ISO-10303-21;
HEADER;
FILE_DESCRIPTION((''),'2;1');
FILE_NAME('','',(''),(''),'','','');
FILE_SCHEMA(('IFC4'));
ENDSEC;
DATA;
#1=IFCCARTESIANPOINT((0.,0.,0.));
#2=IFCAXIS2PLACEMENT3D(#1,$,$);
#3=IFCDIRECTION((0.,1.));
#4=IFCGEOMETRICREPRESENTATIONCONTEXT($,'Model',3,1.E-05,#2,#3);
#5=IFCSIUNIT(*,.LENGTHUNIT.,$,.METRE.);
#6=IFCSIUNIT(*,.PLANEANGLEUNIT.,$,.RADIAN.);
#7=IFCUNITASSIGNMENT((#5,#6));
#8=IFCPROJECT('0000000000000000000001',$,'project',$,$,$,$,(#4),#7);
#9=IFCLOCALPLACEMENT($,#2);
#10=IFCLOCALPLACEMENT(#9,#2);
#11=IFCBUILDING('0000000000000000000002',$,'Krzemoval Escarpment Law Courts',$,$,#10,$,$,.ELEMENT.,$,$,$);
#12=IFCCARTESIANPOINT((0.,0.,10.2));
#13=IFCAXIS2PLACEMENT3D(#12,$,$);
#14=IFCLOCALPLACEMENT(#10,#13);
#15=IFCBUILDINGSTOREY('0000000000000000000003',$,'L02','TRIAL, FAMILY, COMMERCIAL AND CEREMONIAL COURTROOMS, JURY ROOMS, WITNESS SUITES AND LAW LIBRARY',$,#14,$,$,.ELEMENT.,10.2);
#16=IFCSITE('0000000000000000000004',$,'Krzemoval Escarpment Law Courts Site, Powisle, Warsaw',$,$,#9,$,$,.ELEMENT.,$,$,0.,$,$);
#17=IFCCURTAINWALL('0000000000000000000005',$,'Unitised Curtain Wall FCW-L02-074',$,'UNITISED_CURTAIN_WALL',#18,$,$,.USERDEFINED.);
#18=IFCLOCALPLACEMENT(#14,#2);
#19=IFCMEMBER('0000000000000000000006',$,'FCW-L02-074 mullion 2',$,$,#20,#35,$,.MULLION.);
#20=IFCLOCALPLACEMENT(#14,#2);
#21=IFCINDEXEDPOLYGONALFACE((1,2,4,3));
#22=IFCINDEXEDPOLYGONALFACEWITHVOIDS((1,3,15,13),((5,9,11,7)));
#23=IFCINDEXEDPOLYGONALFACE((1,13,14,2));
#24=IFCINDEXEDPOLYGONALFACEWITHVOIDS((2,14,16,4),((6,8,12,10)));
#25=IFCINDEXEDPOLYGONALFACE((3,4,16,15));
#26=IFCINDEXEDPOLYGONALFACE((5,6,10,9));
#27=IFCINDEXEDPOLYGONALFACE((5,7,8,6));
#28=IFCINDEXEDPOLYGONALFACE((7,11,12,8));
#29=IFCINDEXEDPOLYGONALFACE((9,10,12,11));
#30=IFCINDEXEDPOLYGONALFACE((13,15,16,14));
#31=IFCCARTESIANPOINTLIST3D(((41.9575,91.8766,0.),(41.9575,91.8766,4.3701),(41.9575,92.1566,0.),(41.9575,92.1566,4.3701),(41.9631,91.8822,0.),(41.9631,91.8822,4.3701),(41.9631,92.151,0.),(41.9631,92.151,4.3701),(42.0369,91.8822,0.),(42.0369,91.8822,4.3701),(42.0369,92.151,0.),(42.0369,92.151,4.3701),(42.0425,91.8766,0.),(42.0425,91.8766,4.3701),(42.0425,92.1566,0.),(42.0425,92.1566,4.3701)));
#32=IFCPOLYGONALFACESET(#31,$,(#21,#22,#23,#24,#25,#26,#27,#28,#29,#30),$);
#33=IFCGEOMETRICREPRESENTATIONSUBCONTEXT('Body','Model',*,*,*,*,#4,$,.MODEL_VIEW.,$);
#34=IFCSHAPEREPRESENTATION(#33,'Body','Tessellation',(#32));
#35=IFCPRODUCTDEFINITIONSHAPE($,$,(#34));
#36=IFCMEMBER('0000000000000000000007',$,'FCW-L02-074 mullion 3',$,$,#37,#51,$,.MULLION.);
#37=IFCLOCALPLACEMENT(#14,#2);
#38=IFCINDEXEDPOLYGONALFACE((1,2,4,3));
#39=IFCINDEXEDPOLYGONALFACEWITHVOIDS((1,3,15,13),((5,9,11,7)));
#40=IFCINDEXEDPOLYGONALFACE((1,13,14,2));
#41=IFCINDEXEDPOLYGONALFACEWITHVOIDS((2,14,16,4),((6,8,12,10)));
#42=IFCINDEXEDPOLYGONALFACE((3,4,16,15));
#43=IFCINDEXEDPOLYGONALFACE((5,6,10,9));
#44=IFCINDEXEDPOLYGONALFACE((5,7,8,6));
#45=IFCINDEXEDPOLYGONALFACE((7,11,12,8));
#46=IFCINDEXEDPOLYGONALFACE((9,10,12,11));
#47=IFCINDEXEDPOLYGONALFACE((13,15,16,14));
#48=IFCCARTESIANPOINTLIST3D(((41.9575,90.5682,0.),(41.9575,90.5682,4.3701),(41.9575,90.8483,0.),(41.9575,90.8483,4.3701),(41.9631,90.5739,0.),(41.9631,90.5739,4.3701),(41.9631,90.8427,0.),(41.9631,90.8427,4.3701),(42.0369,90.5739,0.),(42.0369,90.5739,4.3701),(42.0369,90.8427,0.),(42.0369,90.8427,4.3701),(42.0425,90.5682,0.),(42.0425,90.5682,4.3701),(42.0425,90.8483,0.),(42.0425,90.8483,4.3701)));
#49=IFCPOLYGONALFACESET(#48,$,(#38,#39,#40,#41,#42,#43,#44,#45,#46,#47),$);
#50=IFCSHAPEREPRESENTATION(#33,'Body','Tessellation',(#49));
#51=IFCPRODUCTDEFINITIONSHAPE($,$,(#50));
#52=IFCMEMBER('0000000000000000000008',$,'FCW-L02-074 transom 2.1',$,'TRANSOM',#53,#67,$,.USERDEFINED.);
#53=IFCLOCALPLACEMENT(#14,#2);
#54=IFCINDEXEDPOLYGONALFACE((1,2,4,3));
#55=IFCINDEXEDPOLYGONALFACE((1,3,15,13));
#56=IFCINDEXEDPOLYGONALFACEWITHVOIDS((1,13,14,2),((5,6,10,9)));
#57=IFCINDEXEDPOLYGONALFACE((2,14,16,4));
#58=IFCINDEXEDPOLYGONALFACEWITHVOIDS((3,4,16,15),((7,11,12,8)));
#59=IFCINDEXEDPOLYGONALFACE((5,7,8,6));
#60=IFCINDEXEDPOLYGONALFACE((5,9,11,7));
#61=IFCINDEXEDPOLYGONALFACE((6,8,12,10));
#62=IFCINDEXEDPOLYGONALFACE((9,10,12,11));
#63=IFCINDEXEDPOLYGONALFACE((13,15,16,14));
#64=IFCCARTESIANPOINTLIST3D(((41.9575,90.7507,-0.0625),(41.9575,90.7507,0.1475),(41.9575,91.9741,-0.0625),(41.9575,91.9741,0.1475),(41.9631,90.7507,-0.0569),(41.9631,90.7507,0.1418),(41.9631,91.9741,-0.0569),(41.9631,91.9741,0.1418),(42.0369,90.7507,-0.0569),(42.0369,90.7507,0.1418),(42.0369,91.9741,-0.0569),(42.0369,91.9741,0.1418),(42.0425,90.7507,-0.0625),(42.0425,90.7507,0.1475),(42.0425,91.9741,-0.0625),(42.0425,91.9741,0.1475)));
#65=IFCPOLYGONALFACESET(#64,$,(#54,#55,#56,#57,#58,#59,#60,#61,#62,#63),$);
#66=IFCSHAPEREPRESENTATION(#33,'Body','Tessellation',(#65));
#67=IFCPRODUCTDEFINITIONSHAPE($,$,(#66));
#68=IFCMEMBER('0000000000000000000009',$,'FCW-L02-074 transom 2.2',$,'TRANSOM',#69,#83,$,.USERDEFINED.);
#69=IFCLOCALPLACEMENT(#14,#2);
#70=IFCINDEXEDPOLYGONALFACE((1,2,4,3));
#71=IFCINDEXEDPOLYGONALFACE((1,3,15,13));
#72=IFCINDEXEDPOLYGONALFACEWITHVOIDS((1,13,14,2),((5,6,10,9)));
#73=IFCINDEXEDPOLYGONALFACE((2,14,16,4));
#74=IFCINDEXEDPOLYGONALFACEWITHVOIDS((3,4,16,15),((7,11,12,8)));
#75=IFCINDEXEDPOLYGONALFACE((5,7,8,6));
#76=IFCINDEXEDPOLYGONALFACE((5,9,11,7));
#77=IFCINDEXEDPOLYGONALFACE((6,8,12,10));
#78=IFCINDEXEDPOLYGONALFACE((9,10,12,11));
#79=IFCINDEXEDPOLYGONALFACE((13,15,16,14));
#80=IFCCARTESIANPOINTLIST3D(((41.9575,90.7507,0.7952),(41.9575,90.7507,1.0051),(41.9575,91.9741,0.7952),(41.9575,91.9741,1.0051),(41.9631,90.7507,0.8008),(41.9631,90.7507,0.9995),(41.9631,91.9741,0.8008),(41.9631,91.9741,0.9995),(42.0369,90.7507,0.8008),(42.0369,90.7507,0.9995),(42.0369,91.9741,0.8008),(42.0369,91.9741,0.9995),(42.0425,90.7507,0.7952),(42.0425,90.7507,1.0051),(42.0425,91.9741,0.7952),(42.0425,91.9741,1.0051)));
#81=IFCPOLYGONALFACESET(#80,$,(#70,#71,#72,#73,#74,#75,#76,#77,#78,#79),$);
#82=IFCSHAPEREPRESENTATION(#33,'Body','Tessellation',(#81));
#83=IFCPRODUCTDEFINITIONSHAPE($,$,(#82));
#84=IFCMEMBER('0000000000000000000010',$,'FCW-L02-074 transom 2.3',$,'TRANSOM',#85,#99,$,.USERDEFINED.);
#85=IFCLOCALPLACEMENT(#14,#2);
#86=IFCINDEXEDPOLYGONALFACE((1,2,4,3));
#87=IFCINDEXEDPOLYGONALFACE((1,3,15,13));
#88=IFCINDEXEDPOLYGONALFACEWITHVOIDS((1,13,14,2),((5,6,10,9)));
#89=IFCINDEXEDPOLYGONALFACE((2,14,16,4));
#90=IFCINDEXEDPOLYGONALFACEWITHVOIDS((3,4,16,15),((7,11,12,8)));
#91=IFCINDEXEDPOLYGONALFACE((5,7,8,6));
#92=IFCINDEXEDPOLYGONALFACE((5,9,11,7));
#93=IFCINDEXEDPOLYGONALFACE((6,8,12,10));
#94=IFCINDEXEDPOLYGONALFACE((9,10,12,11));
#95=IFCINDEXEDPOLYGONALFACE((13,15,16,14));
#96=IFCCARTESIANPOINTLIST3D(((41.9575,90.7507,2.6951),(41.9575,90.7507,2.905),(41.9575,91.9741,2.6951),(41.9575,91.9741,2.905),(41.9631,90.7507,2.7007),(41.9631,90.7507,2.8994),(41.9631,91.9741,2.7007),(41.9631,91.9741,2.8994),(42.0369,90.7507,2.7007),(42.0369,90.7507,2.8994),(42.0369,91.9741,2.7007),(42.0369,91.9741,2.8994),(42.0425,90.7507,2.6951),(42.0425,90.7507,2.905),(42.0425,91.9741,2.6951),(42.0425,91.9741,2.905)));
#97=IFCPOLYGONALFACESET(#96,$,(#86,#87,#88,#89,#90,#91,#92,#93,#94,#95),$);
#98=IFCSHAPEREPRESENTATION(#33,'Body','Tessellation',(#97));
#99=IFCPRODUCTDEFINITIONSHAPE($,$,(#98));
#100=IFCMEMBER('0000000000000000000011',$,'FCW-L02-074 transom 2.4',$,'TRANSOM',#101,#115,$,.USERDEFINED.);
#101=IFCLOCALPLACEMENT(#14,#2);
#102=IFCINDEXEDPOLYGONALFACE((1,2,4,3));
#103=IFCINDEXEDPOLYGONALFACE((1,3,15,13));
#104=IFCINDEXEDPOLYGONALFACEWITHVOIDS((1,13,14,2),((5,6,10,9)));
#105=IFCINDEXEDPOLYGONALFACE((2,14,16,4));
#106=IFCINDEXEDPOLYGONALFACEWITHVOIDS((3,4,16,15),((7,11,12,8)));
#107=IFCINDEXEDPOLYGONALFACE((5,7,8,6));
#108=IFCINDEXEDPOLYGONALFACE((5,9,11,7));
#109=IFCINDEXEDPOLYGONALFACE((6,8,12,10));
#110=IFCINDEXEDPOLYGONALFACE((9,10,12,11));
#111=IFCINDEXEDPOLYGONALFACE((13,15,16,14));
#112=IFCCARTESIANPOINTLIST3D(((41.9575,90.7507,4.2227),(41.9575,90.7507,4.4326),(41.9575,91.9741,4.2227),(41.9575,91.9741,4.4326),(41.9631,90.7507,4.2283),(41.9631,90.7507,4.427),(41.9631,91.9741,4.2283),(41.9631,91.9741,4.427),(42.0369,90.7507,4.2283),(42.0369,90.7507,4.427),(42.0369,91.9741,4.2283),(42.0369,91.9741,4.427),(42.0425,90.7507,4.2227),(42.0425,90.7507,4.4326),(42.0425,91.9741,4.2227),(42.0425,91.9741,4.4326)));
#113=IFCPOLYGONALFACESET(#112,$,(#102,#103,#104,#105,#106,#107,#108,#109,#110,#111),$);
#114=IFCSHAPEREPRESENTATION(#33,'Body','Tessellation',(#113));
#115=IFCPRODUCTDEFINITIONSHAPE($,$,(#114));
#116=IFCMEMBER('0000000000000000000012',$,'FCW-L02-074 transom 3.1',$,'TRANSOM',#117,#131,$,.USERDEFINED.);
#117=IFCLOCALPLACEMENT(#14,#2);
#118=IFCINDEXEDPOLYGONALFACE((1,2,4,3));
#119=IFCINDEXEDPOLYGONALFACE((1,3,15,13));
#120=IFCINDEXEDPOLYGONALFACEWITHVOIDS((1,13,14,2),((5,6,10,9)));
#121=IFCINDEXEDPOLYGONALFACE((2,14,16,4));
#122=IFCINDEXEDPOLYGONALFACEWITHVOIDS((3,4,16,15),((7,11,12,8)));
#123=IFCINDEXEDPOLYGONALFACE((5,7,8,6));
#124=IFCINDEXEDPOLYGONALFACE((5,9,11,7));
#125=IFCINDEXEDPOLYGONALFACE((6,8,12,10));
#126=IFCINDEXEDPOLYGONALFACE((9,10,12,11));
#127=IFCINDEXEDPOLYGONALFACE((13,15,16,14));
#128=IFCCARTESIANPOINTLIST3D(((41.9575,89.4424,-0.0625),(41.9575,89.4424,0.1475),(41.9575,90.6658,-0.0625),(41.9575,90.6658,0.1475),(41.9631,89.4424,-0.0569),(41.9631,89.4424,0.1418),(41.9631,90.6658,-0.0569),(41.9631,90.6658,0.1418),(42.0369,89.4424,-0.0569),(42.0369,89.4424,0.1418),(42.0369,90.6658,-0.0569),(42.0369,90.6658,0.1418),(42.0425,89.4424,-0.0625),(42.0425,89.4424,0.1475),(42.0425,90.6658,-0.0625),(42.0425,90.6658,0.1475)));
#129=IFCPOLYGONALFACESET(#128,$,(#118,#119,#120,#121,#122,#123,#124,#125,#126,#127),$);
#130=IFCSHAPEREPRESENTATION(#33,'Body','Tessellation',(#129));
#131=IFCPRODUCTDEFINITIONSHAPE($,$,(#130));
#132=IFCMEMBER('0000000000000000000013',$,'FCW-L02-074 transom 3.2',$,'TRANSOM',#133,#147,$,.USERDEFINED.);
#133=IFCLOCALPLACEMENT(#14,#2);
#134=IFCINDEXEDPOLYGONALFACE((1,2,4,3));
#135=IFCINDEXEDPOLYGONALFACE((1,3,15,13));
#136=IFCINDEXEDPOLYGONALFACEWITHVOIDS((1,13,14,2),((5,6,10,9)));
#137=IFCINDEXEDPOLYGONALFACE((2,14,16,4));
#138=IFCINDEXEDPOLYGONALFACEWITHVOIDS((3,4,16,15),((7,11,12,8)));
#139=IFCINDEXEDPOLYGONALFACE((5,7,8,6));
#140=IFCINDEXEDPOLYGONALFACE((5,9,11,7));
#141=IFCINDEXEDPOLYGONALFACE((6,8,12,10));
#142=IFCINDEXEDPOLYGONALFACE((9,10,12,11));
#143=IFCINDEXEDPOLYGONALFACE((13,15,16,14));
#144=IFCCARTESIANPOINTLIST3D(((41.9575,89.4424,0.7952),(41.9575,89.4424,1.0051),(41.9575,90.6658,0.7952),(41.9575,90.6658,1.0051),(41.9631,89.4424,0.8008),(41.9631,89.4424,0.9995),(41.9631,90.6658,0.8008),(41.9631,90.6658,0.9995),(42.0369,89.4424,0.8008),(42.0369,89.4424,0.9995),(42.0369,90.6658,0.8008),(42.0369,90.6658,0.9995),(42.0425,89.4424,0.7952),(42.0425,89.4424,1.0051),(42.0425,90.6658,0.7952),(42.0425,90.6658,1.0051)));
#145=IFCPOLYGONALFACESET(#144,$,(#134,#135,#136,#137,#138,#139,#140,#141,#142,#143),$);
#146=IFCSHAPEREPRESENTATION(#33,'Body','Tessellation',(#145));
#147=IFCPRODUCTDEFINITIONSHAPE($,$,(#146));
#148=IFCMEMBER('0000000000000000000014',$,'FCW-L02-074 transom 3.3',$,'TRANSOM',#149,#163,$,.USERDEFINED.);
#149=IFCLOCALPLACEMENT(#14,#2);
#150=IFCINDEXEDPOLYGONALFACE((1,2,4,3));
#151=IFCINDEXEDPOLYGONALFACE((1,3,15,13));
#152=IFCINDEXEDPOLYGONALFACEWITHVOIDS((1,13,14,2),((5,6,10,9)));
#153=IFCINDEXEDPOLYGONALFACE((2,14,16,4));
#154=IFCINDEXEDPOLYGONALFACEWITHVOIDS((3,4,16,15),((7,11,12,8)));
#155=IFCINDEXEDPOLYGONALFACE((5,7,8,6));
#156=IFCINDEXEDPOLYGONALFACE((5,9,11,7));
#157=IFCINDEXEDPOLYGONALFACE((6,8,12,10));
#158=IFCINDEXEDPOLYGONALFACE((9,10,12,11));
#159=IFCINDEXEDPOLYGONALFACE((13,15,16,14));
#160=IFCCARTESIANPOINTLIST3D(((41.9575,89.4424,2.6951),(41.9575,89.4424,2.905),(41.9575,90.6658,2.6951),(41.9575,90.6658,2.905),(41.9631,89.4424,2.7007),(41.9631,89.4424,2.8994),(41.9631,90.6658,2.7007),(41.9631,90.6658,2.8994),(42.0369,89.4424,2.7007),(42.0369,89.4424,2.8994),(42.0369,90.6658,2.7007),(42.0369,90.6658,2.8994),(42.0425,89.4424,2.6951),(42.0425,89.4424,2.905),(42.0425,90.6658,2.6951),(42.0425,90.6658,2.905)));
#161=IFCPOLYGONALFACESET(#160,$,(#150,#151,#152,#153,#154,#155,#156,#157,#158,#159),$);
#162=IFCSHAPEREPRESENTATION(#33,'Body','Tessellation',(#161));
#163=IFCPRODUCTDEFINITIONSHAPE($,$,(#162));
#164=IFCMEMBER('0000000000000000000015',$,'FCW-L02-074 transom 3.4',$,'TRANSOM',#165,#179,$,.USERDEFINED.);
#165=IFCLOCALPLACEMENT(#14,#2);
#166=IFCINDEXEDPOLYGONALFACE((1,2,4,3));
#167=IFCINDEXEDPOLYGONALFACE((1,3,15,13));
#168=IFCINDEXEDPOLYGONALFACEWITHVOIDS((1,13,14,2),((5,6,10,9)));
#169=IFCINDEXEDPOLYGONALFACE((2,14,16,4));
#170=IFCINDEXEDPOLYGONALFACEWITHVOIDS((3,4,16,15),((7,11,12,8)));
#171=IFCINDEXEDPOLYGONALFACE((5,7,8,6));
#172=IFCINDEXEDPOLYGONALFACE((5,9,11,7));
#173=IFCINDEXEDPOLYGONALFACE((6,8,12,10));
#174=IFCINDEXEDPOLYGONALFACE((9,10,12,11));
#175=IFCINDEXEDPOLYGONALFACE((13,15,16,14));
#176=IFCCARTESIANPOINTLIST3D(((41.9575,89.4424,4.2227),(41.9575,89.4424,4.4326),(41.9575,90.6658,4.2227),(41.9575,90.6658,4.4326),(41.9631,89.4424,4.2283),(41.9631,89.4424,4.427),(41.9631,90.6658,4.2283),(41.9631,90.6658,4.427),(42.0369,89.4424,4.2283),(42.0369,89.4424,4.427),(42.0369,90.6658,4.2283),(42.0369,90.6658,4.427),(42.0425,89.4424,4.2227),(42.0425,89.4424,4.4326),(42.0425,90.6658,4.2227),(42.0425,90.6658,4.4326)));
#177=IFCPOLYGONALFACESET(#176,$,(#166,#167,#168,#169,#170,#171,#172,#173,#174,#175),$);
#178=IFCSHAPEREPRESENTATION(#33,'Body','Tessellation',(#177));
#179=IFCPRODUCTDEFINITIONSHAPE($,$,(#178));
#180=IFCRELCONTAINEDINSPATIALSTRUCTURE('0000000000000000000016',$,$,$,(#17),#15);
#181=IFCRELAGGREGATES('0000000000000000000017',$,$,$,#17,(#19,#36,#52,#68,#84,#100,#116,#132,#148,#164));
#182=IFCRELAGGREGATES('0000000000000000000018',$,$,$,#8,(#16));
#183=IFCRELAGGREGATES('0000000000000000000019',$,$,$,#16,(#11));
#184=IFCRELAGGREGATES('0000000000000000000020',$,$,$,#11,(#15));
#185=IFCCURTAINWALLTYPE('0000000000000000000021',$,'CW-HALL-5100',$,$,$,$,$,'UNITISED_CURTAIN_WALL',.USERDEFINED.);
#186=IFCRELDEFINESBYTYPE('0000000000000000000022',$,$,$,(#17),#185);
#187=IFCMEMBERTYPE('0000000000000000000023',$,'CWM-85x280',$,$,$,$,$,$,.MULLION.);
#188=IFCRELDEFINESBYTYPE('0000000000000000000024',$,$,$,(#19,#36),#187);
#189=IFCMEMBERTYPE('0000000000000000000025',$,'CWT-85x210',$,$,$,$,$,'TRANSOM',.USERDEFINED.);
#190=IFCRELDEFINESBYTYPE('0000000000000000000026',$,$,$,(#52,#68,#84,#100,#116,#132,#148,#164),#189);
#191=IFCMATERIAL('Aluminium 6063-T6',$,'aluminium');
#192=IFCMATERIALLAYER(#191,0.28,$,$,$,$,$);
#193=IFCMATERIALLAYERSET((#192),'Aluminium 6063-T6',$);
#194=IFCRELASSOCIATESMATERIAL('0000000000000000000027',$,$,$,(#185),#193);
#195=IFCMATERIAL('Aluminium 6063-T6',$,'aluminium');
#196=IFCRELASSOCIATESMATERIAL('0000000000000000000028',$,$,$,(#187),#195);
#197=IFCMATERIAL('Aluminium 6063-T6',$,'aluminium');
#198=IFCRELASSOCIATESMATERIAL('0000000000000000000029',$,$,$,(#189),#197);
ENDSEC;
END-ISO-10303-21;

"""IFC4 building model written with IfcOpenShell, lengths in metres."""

from ifc_helpers import new_model, si_unit, direction, frame, origin, origin_2d, place, context, subcontext, project, spatial, hollow_rectangle, extrude, material, layer, layer_set, material_profile, profile_set, type_object, element, aggregate, save


model = new_model("IFC4")

# Units and contexts
model_context = context("Model", 3, precision=1e-05, world=origin(), true_north=direction((0.0, 1.0)))
body_context = subcontext(model_context, "Body", "Model", "MODEL_VIEW")
ifc_project = project(units=[si_unit("LENGTHUNIT", "METRE"), si_unit("PLANEANGLEUNIT", "RADIAN")], contexts=[model_context])

# Site, building, storey
site_placement = place(None, origin())
site = spatial("IfcSite", under=ifc_project, at=site_placement, Name="Krzemoval Escarpment Law Courts Site, Powisle, Warsaw", CompositionType="ELEMENT", RefElevation=0.0)
building_placement = place(site_placement, origin())
building = spatial("IfcBuilding", under=site, at=building_placement, Name="Krzemoval Escarpment Law Courts", CompositionType="ELEMENT")
storey_placement = place(building_placement, frame((0.0, 0.0, 10.2)))
storey = spatial("IfcBuildingStorey", under=building, at=storey_placement, Name="L02", Description="TRIAL, FAMILY, COMMERCIAL AND CEREMONIAL COURTROOMS, JURY ROOMS, WITNESS SUITES AND LAW LIBRARY", CompositionType="ELEMENT", Elevation=10.2)

# Curtain wall, members
ifc_material_1 = material(Name="Aluminium 6063-T6", Category="aluminium")
ifc_layer_1 = layer(ifc_material_1, 0.28)
ifc_layer_set_1 = layer_set([ifc_layer_1], Name="Aluminium 6063-T6")
curtain_wall_type = type_object("IfcCurtainWallType", Name="CW-HALL-5100", ElementType="UNITISED_CURTAIN_WALL", PredefinedType="USERDEFINED", material=ifc_layer_set_1)
curtain_wall_placement = place(storey_placement, origin())
curtain_wall = element("IfcCurtainWall", 1, at=curtain_wall_placement, inside=storey, type_object=curtain_wall_type, Name="Unitised Curtain Wall FCW-L02-074", ObjectType="UNITISED_CURTAIN_WALL", PredefinedType="USERDEFINED")
ifc_material_2 = material(Name="Aluminium 6063-T6", Category="aluminium")
ifc_material_profile_1 = material_profile(ifc_material_2, hollow_rectangle(XDim=0.085, YDim=0.28, WallThickness=0.0056, at=origin_2d()), Name="ALU M85x280")
ifc_profile_set_1 = profile_set([ifc_material_profile_1], Name="Aluminium 6063-T6")
member_type_1 = type_object("IfcMemberType", Name="CWM-85x280", PredefinedType="MULLION", material=ifc_profile_set_1)
member_1_placement = place(storey_placement, frame((42.0, 92.0166, 0.0), z_axis=(0.0, 0.0, 1.0), x_axis=(1.0, 0.0, 0.0)))
member_1 = element("IfcMember", 2, at=member_1_placement, type_object=member_type_1, Name="FCW-L02-074 mullion 2", PredefinedType="MULLION", context=body_context, shape_type="SweptSolid", body=[
    extrude(hollow_rectangle(XDim=0.085, YDim=0.28, WallThickness=0.0056, at=origin_2d()), origin(), (0.0, 0.0, 1.0), 4.3701),
])
member_2_placement = place(storey_placement, frame((42.0, 90.7083, 0.0), z_axis=(0.0, 0.0, 1.0), x_axis=(1.0, 0.0, 0.0)))
member_2 = element("IfcMember", 3, at=member_2_placement, type_object=member_type_1, Name="FCW-L02-074 mullion 3", PredefinedType="MULLION", context=body_context, shape_type="SweptSolid", body=[
    extrude(hollow_rectangle(XDim=0.085, YDim=0.28, WallThickness=0.0056, at=origin_2d()), origin(), (0.0, 0.0, 1.0), 4.3701),
])
ifc_material_3 = material(Name="Aluminium 6063-T6", Category="aluminium")
ifc_material_profile_2 = material_profile(ifc_material_3, hollow_rectangle(XDim=0.085, YDim=0.21, WallThickness=0.0056, at=origin_2d()), Name="ALU T85x210")
ifc_profile_set_2 = profile_set([ifc_material_profile_2], Name="Aluminium 6063-T6")
member_type_2 = type_object("IfcMemberType", Name="CWT-85x210", ElementType="TRANSOM", PredefinedType="USERDEFINED", material=ifc_profile_set_2)
member_3_placement = place(storey_placement, frame((42.0, 91.9741, 0.0425), z_axis=(0.0, -1.0, 0.0), x_axis=(1.0, 0.0, 0.0)))
member_3 = element("IfcMember", 4, at=member_3_placement, type_object=member_type_2, Name="FCW-L02-074 transom 2.1", ObjectType="TRANSOM", PredefinedType="USERDEFINED", context=body_context, shape_type="SweptSolid", body=[
    extrude(hollow_rectangle(XDim=0.085, YDim=0.21, WallThickness=0.0056, at=origin_2d()), origin(), (0.0, 0.0, 1.0), 1.2234),
])
member_4_placement = place(storey_placement, frame((42.0, 91.9741, 0.9001), z_axis=(0.0, -1.0, 0.0), x_axis=(1.0, 0.0, 0.0)))
member_4 = element("IfcMember", 5, at=member_4_placement, type_object=member_type_2, Name="FCW-L02-074 transom 2.2", ObjectType="TRANSOM", PredefinedType="USERDEFINED", context=body_context, shape_type="SweptSolid", body=[
    extrude(hollow_rectangle(XDim=0.085, YDim=0.21, WallThickness=0.0056, at=origin_2d()), origin(), (0.0, 0.0, 1.0), 1.2234),
])
member_5_placement = place(storey_placement, frame((42.0, 91.9741, 2.8), z_axis=(0.0, -1.0, 0.0), x_axis=(1.0, 0.0, 0.0)))
member_5 = element("IfcMember", 6, at=member_5_placement, type_object=member_type_2, Name="FCW-L02-074 transom 2.3", ObjectType="TRANSOM", PredefinedType="USERDEFINED", context=body_context, shape_type="SweptSolid", body=[
    extrude(hollow_rectangle(XDim=0.085, YDim=0.21, WallThickness=0.0056, at=origin_2d()), origin(), (0.0, 0.0, 1.0), 1.2234),
])
member_6_placement = place(storey_placement, frame((42.0, 91.9741, 4.3276), z_axis=(0.0, -1.0, 0.0), x_axis=(1.0, 0.0, 0.0)))
member_6 = element("IfcMember", 7, at=member_6_placement, type_object=member_type_2, Name="FCW-L02-074 transom 2.4", ObjectType="TRANSOM", PredefinedType="USERDEFINED", context=body_context, shape_type="SweptSolid", body=[
    extrude(hollow_rectangle(XDim=0.085, YDim=0.21, WallThickness=0.0056, at=origin_2d()), origin(), (0.0, 0.0, 1.0), 1.2234),
])
member_7_placement = place(storey_placement, frame((42.0, 90.6658, 0.0425), z_axis=(0.0, -1.0, 0.0), x_axis=(1.0, 0.0, 0.0)))
member_7 = element("IfcMember", 8, at=member_7_placement, type_object=member_type_2, Name="FCW-L02-074 transom 3.1", ObjectType="TRANSOM", PredefinedType="USERDEFINED", context=body_context, shape_type="SweptSolid", body=[
    extrude(hollow_rectangle(XDim=0.085, YDim=0.21, WallThickness=0.0056, at=origin_2d()), origin(), (0.0, 0.0, 1.0), 1.2234),
])
member_8_placement = place(storey_placement, frame((42.0, 90.6658, 0.9001), z_axis=(0.0, -1.0, 0.0), x_axis=(1.0, 0.0, 0.0)))
member_8 = element("IfcMember", 9, at=member_8_placement, type_object=member_type_2, Name="FCW-L02-074 transom 3.2", ObjectType="TRANSOM", PredefinedType="USERDEFINED", context=body_context, shape_type="SweptSolid", body=[
    extrude(hollow_rectangle(XDim=0.085, YDim=0.21, WallThickness=0.0056, at=origin_2d()), origin(), (0.0, 0.0, 1.0), 1.2234),
])
member_9_placement = place(storey_placement, frame((42.0, 90.6658, 2.8), z_axis=(0.0, -1.0, 0.0), x_axis=(1.0, 0.0, 0.0)))
member_9 = element("IfcMember", 10, at=member_9_placement, type_object=member_type_2, Name="FCW-L02-074 transom 3.3", ObjectType="TRANSOM", PredefinedType="USERDEFINED", context=body_context, shape_type="SweptSolid", body=[
    extrude(hollow_rectangle(XDim=0.085, YDim=0.21, WallThickness=0.0056, at=origin_2d()), origin(), (0.0, 0.0, 1.0), 1.2234),
])
member_10_placement = place(storey_placement, frame((42.0, 90.6658, 4.3276), z_axis=(0.0, -1.0, 0.0), x_axis=(1.0, 0.0, 0.0)))
member_10 = element("IfcMember", 11, at=member_10_placement, type_object=member_type_2, Name="FCW-L02-074 transom 3.4", ObjectType="TRANSOM", PredefinedType="USERDEFINED", context=body_context, shape_type="SweptSolid", body=[
    extrude(hollow_rectangle(XDim=0.085, YDim=0.21, WallThickness=0.0056, at=origin_2d()), origin(), (0.0, 0.0, 1.0), 1.2234),
])

aggregate(curtain_wall, [member_1, member_2, member_3, member_4, member_5, member_6, member_7, member_8, member_9, member_10])

save(model, "model.ifc")
